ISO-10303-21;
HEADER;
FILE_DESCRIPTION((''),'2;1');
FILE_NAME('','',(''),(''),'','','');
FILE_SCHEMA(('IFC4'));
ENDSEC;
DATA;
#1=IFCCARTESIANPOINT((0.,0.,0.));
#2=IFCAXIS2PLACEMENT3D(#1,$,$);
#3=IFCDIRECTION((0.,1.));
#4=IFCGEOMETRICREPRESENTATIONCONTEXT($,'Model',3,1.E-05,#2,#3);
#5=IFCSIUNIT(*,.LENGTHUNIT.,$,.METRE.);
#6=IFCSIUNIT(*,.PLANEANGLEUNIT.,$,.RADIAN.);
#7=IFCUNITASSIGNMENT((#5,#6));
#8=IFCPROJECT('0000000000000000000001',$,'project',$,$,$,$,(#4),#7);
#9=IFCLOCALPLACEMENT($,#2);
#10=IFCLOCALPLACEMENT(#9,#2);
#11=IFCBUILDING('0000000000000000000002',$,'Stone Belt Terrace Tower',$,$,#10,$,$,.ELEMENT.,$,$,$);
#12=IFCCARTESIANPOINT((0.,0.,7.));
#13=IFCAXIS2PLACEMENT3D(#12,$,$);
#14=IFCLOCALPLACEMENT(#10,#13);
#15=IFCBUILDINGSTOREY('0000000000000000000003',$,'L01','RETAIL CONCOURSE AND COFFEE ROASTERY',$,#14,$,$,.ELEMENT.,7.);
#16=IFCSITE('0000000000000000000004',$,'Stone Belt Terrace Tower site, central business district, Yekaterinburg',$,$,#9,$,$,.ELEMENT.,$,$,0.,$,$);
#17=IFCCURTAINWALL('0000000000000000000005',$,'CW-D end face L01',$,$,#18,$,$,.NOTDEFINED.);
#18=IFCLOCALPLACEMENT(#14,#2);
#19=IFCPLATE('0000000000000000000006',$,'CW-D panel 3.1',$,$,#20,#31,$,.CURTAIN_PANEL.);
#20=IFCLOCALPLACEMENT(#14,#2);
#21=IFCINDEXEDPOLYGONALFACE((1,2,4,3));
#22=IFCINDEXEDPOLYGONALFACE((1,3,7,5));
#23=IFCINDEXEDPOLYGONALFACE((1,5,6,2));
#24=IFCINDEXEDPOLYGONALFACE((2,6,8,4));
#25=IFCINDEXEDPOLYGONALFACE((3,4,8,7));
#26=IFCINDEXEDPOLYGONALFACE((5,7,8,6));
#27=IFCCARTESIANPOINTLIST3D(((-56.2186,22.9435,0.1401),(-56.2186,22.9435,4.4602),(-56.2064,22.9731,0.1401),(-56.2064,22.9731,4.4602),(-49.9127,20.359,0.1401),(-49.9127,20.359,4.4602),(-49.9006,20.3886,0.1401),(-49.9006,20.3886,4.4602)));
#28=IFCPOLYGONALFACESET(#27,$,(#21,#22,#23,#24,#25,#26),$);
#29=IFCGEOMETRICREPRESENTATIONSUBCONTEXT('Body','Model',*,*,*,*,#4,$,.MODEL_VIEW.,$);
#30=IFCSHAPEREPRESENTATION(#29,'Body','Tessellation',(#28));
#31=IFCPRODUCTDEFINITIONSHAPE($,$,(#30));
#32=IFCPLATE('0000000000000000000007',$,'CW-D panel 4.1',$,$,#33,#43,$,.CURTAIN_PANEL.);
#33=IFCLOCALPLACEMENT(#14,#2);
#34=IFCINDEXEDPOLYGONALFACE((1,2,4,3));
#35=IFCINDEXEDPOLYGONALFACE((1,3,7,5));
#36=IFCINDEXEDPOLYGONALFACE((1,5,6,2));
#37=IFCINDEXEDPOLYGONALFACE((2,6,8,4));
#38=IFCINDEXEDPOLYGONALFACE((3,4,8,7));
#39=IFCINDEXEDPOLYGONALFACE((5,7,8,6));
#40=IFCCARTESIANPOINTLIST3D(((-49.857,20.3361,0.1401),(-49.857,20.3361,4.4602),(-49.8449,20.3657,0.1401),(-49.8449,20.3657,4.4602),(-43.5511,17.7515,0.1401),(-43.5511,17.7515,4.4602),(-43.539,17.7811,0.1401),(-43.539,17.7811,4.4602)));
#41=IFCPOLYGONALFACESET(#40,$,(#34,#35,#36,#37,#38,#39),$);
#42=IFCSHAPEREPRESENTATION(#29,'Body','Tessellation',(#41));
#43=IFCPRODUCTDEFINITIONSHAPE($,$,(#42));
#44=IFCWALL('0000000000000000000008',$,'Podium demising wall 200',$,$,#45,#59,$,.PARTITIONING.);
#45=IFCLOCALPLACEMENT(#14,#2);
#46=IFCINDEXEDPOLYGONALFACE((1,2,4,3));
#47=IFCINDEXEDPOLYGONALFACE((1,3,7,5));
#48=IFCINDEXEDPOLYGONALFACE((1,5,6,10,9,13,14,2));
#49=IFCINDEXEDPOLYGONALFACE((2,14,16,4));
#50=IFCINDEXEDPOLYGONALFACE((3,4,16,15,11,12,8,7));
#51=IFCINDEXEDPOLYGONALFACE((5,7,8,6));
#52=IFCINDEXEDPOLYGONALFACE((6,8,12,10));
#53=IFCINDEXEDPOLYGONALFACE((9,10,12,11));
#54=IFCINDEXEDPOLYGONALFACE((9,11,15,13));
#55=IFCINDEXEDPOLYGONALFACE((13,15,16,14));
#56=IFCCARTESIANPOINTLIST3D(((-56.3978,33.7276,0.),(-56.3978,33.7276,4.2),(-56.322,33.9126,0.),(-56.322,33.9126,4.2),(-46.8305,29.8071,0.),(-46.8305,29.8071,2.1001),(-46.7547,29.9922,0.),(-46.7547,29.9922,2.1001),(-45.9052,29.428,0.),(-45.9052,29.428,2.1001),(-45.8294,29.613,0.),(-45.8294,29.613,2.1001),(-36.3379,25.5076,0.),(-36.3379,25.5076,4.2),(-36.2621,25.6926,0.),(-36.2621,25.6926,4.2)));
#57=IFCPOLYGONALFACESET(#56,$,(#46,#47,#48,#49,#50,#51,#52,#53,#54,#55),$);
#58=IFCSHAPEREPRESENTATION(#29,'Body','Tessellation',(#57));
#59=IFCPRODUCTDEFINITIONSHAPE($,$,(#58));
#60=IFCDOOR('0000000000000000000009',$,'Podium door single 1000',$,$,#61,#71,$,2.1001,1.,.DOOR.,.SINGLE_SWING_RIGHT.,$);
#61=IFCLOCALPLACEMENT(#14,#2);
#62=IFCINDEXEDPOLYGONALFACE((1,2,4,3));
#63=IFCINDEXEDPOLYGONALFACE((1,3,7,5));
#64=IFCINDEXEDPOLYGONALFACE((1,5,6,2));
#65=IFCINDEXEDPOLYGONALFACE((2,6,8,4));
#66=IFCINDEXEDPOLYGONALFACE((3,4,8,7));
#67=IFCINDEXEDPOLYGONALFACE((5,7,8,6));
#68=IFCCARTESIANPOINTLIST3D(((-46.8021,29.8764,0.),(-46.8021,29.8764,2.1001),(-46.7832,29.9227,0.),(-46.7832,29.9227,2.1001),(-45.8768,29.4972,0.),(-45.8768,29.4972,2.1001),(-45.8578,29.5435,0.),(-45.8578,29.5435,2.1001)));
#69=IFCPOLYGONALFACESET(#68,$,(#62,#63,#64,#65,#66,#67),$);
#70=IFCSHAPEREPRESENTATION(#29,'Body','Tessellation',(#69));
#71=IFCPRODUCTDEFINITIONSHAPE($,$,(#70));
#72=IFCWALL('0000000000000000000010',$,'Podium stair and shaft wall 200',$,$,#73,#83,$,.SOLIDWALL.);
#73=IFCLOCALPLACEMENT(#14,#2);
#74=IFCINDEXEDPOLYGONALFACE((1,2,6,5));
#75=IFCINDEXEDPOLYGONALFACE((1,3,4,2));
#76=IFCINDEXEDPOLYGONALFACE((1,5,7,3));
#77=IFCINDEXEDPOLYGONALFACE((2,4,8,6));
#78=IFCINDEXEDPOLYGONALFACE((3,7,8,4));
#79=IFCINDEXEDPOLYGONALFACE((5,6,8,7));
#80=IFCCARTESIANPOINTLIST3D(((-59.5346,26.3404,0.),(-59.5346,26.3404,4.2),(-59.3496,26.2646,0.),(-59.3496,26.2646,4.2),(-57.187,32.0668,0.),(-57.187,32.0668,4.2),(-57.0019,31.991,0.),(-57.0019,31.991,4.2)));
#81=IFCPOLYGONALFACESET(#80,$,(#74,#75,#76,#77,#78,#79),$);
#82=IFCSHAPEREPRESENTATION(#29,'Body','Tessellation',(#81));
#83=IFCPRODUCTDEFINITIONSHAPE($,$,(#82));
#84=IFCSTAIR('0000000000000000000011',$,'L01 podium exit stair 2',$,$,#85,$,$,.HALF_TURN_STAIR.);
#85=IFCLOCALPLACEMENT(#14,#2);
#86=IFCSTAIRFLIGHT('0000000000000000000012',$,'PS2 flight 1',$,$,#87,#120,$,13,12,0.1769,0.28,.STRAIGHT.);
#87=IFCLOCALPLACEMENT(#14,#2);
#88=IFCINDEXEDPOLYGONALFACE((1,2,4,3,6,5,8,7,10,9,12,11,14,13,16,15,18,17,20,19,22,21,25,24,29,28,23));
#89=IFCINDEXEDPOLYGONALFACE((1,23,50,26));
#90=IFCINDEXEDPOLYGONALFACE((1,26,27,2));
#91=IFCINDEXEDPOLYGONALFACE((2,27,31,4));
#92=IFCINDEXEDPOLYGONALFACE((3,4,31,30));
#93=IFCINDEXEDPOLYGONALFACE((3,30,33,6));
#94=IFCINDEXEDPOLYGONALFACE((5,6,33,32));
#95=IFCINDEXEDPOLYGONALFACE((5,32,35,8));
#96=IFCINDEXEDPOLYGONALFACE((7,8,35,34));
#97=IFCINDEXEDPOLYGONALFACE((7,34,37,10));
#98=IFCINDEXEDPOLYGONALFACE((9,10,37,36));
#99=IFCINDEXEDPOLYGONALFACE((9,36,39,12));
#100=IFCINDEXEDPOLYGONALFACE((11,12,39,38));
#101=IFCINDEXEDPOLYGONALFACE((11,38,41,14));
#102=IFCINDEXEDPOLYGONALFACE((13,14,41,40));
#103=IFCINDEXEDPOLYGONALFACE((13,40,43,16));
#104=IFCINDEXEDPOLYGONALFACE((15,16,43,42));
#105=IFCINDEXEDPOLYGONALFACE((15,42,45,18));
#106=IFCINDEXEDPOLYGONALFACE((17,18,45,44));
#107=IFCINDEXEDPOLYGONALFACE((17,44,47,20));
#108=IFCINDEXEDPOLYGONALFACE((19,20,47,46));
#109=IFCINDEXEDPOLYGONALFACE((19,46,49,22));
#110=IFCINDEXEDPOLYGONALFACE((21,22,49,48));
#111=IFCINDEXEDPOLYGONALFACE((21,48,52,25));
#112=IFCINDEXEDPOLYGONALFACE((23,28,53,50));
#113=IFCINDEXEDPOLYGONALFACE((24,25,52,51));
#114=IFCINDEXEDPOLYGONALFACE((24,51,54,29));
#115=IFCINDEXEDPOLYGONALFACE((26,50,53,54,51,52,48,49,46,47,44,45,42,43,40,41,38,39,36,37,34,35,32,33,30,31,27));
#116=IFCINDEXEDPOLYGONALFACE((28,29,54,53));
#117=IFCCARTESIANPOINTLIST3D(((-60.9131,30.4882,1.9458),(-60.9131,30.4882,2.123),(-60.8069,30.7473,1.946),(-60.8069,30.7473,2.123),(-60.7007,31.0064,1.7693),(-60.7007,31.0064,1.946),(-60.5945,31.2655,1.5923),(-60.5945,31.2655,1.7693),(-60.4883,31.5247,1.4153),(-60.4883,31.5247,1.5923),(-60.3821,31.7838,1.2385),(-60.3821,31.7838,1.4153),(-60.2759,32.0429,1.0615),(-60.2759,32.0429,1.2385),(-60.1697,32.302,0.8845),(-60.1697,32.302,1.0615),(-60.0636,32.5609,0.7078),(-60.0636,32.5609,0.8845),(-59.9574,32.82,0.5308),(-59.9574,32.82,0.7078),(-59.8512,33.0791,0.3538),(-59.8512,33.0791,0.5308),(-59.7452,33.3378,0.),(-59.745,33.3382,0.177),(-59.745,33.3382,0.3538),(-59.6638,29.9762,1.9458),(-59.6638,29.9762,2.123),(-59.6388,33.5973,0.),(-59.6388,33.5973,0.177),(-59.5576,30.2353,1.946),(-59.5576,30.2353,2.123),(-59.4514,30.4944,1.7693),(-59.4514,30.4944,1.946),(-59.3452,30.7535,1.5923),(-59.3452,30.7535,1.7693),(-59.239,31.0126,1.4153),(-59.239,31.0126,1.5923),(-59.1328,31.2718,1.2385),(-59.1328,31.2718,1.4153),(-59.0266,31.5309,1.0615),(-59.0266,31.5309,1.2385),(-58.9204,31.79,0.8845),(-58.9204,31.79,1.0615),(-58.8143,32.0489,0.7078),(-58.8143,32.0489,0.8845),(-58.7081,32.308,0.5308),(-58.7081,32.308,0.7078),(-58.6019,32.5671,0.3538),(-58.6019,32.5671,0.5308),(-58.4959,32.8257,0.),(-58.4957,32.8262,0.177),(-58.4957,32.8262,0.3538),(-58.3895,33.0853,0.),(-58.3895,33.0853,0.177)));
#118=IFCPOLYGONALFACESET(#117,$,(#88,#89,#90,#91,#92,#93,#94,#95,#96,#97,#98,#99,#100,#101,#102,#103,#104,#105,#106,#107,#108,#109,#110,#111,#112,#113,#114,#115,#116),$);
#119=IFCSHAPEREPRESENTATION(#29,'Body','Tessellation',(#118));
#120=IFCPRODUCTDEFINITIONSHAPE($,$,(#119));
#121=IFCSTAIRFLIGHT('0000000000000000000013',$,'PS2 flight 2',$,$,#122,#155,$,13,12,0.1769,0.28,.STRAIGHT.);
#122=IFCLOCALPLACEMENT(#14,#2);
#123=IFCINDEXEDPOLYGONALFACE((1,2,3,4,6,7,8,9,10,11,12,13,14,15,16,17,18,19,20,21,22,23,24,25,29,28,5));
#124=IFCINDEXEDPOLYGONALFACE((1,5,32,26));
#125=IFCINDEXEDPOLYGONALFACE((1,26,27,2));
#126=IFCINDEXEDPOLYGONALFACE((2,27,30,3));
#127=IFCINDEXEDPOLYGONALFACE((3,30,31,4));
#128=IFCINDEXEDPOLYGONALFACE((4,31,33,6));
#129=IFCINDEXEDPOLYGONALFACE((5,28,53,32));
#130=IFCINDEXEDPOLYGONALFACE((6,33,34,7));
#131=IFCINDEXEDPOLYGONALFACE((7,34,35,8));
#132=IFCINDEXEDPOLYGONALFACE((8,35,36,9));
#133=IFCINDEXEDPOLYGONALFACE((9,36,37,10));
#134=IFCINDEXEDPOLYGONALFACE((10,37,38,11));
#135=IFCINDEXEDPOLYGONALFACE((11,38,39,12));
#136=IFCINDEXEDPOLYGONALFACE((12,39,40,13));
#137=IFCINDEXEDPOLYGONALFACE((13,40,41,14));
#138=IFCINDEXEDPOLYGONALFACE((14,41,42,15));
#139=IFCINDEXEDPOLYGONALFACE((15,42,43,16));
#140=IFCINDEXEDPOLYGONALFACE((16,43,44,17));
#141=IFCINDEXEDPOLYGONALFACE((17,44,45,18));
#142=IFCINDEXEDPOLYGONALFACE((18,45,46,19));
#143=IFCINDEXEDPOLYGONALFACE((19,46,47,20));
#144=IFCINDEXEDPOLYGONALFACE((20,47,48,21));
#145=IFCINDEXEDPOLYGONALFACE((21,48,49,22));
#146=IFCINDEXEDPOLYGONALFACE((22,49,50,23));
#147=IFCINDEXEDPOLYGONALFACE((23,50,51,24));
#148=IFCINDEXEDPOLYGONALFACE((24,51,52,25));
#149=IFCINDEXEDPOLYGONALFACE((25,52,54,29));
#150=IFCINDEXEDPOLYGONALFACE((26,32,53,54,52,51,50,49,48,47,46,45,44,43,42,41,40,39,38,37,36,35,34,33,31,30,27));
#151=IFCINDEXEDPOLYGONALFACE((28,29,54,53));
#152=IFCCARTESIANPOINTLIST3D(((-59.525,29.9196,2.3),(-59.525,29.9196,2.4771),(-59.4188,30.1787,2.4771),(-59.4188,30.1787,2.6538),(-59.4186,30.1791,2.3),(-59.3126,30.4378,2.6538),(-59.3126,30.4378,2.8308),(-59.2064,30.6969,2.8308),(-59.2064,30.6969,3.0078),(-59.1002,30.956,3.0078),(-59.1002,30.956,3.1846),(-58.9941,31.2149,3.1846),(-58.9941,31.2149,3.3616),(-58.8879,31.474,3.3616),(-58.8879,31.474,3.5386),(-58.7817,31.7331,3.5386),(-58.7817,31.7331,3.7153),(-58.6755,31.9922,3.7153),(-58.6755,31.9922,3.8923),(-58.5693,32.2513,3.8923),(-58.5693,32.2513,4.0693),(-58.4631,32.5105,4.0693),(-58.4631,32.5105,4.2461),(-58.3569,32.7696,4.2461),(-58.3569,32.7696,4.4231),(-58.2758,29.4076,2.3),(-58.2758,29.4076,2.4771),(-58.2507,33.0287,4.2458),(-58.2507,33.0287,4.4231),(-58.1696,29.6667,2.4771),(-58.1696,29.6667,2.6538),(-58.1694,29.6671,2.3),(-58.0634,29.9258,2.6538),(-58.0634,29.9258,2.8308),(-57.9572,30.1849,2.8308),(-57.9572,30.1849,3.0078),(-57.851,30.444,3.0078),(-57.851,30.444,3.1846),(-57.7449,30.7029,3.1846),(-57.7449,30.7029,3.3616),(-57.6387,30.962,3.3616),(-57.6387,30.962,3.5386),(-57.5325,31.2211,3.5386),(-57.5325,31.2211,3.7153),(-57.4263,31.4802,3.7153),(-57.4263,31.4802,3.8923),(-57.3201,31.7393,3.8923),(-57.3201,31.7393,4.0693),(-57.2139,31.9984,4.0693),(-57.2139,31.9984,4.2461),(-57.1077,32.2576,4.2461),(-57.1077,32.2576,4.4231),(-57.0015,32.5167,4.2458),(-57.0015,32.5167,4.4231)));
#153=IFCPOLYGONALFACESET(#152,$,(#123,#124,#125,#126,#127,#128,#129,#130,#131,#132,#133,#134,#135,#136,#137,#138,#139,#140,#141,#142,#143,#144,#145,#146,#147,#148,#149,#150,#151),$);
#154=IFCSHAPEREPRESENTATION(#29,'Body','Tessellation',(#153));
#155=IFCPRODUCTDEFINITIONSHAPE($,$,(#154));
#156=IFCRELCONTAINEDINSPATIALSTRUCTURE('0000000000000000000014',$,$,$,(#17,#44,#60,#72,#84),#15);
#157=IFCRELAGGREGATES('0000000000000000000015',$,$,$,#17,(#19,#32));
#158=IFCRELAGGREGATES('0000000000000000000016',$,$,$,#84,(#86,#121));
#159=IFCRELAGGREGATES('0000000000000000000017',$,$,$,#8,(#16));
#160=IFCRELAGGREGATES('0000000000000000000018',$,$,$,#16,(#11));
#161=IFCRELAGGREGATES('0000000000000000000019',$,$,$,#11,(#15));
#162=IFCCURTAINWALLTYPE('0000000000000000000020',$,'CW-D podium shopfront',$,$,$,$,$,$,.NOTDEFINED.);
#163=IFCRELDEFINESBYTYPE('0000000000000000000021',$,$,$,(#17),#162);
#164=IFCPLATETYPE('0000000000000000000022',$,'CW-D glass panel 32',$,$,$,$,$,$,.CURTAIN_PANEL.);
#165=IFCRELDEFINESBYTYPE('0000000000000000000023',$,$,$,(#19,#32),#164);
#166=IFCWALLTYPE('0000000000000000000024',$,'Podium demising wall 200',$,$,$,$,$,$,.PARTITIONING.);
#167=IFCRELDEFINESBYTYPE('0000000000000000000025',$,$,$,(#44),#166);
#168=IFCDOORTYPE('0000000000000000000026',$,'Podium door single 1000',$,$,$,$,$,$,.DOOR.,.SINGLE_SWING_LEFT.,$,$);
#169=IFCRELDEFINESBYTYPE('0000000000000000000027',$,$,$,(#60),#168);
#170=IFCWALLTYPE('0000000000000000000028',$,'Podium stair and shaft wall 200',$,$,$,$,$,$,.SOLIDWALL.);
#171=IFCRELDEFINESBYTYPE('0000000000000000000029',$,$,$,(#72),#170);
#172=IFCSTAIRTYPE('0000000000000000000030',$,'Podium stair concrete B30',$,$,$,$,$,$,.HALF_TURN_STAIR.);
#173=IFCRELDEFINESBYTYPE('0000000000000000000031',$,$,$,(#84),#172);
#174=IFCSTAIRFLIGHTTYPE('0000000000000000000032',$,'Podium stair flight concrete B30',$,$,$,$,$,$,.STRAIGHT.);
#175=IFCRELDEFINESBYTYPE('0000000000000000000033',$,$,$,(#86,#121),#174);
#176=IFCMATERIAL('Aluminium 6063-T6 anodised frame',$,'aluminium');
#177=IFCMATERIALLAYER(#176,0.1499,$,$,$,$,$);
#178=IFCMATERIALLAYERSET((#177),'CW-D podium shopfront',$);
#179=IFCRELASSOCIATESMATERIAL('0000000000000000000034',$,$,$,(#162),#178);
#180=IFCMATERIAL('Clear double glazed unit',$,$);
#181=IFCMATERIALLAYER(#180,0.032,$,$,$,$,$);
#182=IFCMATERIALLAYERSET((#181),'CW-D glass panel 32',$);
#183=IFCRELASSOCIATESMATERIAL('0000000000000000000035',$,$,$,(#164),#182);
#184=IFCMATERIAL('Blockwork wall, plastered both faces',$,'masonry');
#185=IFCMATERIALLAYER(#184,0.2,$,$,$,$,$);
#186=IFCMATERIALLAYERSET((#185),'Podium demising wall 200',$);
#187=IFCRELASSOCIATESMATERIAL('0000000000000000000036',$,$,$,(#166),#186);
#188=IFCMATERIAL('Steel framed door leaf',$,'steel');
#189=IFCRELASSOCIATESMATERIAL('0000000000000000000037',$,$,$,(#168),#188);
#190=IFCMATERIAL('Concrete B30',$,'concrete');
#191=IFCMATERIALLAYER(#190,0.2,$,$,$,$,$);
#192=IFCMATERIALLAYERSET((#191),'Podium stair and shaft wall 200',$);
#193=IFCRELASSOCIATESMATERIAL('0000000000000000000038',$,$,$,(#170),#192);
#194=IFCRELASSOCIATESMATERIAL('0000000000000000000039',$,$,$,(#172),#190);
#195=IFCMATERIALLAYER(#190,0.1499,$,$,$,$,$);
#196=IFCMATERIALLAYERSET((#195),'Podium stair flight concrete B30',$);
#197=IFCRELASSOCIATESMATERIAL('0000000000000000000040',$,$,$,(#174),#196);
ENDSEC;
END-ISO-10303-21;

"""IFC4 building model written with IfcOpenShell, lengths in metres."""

from ifc_helpers import new_model, si_unit, direction, frame, frame_2d, origin, origin_2d, place, context, subcontext, project, spatial, polyline, rectangle, outline, extrude, material, layer, layer_set, type_object, element, fill, aggregate, save


model = new_model("IFC4")

# Units and contexts
model_context = context("Model", 3, precision=1e-05, world=origin(), true_north=direction((0.0, 1.0)))
body_context = subcontext(model_context, "Body", "Model", "MODEL_VIEW")
ifc_project = project(units=[si_unit("LENGTHUNIT", "METRE"), si_unit("PLANEANGLEUNIT", "RADIAN")], contexts=[model_context])

# Site, building, storey
site_placement = place(None, origin())
site = spatial("IfcSite", under=ifc_project, at=site_placement, Name="Stone Belt Terrace Tower site, central business district, Yekaterinburg", CompositionType="ELEMENT", RefElevation=0.0)
building_placement = place(site_placement, origin())
building = spatial("IfcBuilding", under=site, at=building_placement, Name="Stone Belt Terrace Tower", CompositionType="ELEMENT")
storey_placement = place(building_placement, frame((0.0, 0.0, 7.0)))
storey = spatial("IfcBuildingStorey", under=building, at=storey_placement, Name="L01", Description="RETAIL CONCOURSE AND COFFEE ROASTERY", CompositionType="ELEMENT", Elevation=7.0)

# Curtain wall
ifc_material_1 = material(Name="Aluminium 6063-T6 anodised frame", Category="aluminium")
ifc_layer_1 = layer(ifc_material_1, 0.1499)
ifc_layer_set_1 = layer_set([ifc_layer_1], Name="CW-D podium shopfront")
curtain_wall_type = type_object("IfcCurtainWallType", Name="CW-D podium shopfront", PredefinedType="NOTDEFINED", material=ifc_layer_set_1)
curtain_wall_placement = place(storey_placement, origin())
curtain_wall = element("IfcCurtainWall", 1, at=curtain_wall_placement, inside=storey, type_object=curtain_wall_type, Name="CW-D end face L01", PredefinedType="NOTDEFINED")

# Plates
ifc_material_2 = material(Name="Clear double glazed unit")
ifc_layer_2 = layer(ifc_material_2, 0.032)
ifc_layer_set_2 = layer_set([ifc_layer_2], Name="CW-D glass panel 32")
plate_type = type_object("IfcPlateType", Name="CW-D glass panel 32", PredefinedType="CURTAIN_PANEL", material=ifc_layer_set_2)
plate_1_placement = place(storey_placement, frame((-53.0596, 21.666, 0.1401), z_axis=(0.0, 0.0, 1.0), x_axis=(0.925297, -0.379243, 0.0)))
plate_1 = element("IfcPlate", 2, at=plate_1_placement, type_object=plate_type, Name="CW-D panel 3.1", PredefinedType="CURTAIN_PANEL", context=body_context, shape_type="SweptSolid", body=[
    extrude(rectangle(XDim=6.8149, YDim=0.032, at=origin_2d()), origin(), (0.0, 0.0, 1.0), 4.3201),
])
plate_2_placement = place(storey_placement, frame((-46.698, 19.0586, 0.1401), z_axis=(0.0, 0.0, 1.0), x_axis=(0.925297, -0.379243, 0.0)))
plate_2 = element("IfcPlate", 3, at=plate_2_placement, type_object=plate_type, Name="CW-D panel 4.1", PredefinedType="CURTAIN_PANEL", context=body_context, shape_type="SweptSolid", body=[
    extrude(rectangle(XDim=6.8149, YDim=0.032, at=origin_2d()), origin(), (0.0, 0.0, 1.0), 4.3201),
])
aggregate(curtain_wall, [plate_1, plate_2])

# Wall, opening, door
ifc_material_3 = material(Name="Blockwork wall, plastered both faces", Category="masonry")
ifc_layer_3 = layer(ifc_material_3, 0.2)
ifc_layer_set_3 = layer_set([ifc_layer_3], Name="Podium demising wall 200")
wall_type_1 = type_object("IfcWallType", Name="Podium demising wall 200", PredefinedType="PARTITIONING", material=ifc_layer_set_3)
wall_1_placement = place(storey_placement, frame((-56.3599, 33.8201, 0.0), z_axis=(0.0, 0.0, 1.0), x_axis=(0.925326, -0.379173, 0.0)))
wall_1 = element("IfcWall", 4, at=wall_1_placement, inside=storey, type_object=wall_type_1, Name="Podium demising wall 200", PredefinedType="PARTITIONING", context=body_context, shape_type="SweptSolid", body=[
    extrude(rectangle(XDim=21.6787, YDim=0.2, at=frame_2d((10.8394, 0.0))), origin(), (0.0, 0.0, 1.0), 4.2),
])
opening_placement = place(wall_1_placement, frame((10.3394, 0.0, 0.0)))
opening = element("IfcOpeningElement", 5, at=opening_placement, cuts=wall_1, PredefinedType="OPENING", context=body_context, shape_type="SweptSolid", body=[
    extrude(rectangle(XDim=1.0, YDim=2.1001, at=frame_2d((0.5, 1.05))), frame((0.0, 0.1099, 0.0), z_axis=(0.0, -1.0, 0.0), x_axis=(1.0, 0.0, 0.0)), (0.0, 0.0, 1.0), 0.22),
])
ifc_material_4 = material(Name="Steel framed door leaf", Category="steel")
door_type = type_object("IfcDoorType", Name="Podium door single 1000", OperationType="SINGLE_SWING_LEFT", PredefinedType="DOOR", material=ifc_material_4)
door_placement = place(opening_placement, origin())
door = element("IfcDoor", 6, at=door_placement, inside=storey, type_object=door_type, Name="Podium door single 1000", OperationType="SINGLE_SWING_RIGHT", OverallHeight=2.1001, OverallWidth=1.0, PredefinedType="DOOR", context=body_context, shape_type="SweptSolid", body=[
    extrude(rectangle(XDim=1.0, YDim=2.1001, at=frame_2d((0.5, 1.05))), frame((0.0, 0.0249, 0.0), z_axis=(0.0, -1.0, 0.0), x_axis=(1.0, 0.0, 0.0)), (0.0, 0.0, 1.0), 0.05),
])
fill(opening, door)

# Wall
ifc_material_5 = material(Name="Concrete B30", Category="concrete")
ifc_layer_4 = layer(ifc_material_5, 0.2)
ifc_layer_set_4 = layer_set([ifc_layer_4], Name="Podium stair and shaft wall 200")
wall_type_2 = type_object("IfcWallType", Name="Podium stair and shaft wall 200", PredefinedType="SOLIDWALL", material=ifc_layer_set_4)
wall_2_placement = place(storey_placement, frame((-59.4421, 26.3025, 0.0), z_axis=(0.0, 0.0, 1.0), x_axis=(0.379335, 0.92526, 0.0)))
element("IfcWall", 7, at=wall_2_placement, inside=storey, type_object=wall_type_2, Name="Podium stair and shaft wall 200", PredefinedType="SOLIDWALL", context=body_context, shape_type="SweptSolid", body=[
    extrude(rectangle(XDim=6.189, YDim=0.2, at=frame_2d((3.0945, 0.0))), origin(), (0.0, 0.0, 1.0), 4.2),
])

# Stair, stair flights
stair_type = type_object("IfcStairType", Name="Podium stair concrete B30", PredefinedType="HALF_TURN_STAIR", material=ifc_material_5)
stair_placement = place(storey_placement, origin())
stair = element("IfcStair", 8, at=stair_placement, inside=storey, type_object=stair_type, Name="L01 podium exit stair 2", PredefinedType="HALF_TURN_STAIR")
ifc_layer_5 = layer(ifc_material_5, 0.1499)
ifc_layer_set_5 = layer_set([ifc_layer_5], Name="Podium stair flight concrete B30")
stair_flight_type = type_object("IfcStairFlightType", Name="Podium stair flight concrete B30", PredefinedType="STRAIGHT", material=ifc_layer_set_5)
stair_flight_1_placement = place(storey_placement, frame((-59.0142, 33.3413, 0.0), z_axis=(0.0, 0.0, 1.0), x_axis=(-0.379243, -0.925297, 0.0)))
stair_flight_1 = element("IfcStairFlight", 9, at=stair_flight_1_placement, type_object=stair_flight_type, Name="PS2 flight 1", NumberOfRisers=13, NumberOfTreads=12, PredefinedType="STRAIGHT", RiserHeight=0.1769, TreadLength=0.28, context=body_context, shape_type="SweptSolid", body=[
    extrude(outline(polyline([(0.0, 0.0), (0.0, 0.177), (0.28, 0.177), (0.28, 0.3538), (0.5601, 0.3538), (0.5601, 0.5308), (0.8401, 0.5308), (0.8401, 0.7078), (1.1201, 0.7078), (1.1201, 0.8845), (1.3999, 0.8845), (1.3999, 1.0615), (1.6799, 1.0615), (1.6799, 1.2385), (1.96, 1.2385), (1.96, 1.4153), (2.24, 1.4153), (2.24, 1.5923), (2.52, 1.5923), (2.52, 1.7693), (2.8, 1.7693), (2.8, 1.946), (3.0801, 1.946), (3.0801, 2.123), (3.3601, 2.123), (3.3601, 2.3), (3.3601, 1.9458), (0.2805, 0.0), (0.0, 0.0)])), frame((0.0, 0.675, 0.0), z_axis=(0.0, -1.0, 0.0), x_axis=(1.0, 0.0, 0.0)), (0.0, 0.0, 1.0), 1.3501),
])
stair_flight_2_placement = place(storey_placement, frame((-58.9004, 29.6636, 2.3), z_axis=(0.0, 0.0, 1.0), x_axis=(0.379243, 0.925297, 0.0)))
stair_flight_2 = element("IfcStairFlight", 10, at=stair_flight_2_placement, type_object=stair_flight_type, Name="PS2 flight 2", NumberOfRisers=13, NumberOfTreads=12, PredefinedType="STRAIGHT", RiserHeight=0.1769, TreadLength=0.28, context=body_context, shape_type="SweptSolid", body=[
    extrude(outline(polyline([(0.0, 0.0), (0.0, 0.177), (0.28, 0.177), (0.28, 0.3538), (0.5601, 0.3538), (0.5601, 0.5308), (0.8401, 0.5308), (0.8401, 0.7078), (1.1201, 0.7078), (1.1201, 0.8845), (1.3999, 0.8845), (1.3999, 1.0615), (1.6799, 1.0615), (1.6799, 1.2385), (1.96, 1.2385), (1.96, 1.4153), (2.24, 1.4153), (2.24, 1.5923), (2.52, 1.5923), (2.52, 1.7693), (2.8, 1.7693), (2.8, 1.946), (3.0801, 1.946), (3.0801, 2.123), (3.3601, 2.123), (3.3601, 2.3), (3.3601, 1.9458), (0.2805, 0.0), (0.0, 0.0)])), frame((0.0, 0.675, 0.0), z_axis=(0.0, -1.0, 0.0), x_axis=(1.0, 0.0, 0.0)), (0.0, 0.0, 1.0), 1.3501),
])
aggregate(stair, [stair_flight_1, stair_flight_2])

save(model, "model.ifc")
